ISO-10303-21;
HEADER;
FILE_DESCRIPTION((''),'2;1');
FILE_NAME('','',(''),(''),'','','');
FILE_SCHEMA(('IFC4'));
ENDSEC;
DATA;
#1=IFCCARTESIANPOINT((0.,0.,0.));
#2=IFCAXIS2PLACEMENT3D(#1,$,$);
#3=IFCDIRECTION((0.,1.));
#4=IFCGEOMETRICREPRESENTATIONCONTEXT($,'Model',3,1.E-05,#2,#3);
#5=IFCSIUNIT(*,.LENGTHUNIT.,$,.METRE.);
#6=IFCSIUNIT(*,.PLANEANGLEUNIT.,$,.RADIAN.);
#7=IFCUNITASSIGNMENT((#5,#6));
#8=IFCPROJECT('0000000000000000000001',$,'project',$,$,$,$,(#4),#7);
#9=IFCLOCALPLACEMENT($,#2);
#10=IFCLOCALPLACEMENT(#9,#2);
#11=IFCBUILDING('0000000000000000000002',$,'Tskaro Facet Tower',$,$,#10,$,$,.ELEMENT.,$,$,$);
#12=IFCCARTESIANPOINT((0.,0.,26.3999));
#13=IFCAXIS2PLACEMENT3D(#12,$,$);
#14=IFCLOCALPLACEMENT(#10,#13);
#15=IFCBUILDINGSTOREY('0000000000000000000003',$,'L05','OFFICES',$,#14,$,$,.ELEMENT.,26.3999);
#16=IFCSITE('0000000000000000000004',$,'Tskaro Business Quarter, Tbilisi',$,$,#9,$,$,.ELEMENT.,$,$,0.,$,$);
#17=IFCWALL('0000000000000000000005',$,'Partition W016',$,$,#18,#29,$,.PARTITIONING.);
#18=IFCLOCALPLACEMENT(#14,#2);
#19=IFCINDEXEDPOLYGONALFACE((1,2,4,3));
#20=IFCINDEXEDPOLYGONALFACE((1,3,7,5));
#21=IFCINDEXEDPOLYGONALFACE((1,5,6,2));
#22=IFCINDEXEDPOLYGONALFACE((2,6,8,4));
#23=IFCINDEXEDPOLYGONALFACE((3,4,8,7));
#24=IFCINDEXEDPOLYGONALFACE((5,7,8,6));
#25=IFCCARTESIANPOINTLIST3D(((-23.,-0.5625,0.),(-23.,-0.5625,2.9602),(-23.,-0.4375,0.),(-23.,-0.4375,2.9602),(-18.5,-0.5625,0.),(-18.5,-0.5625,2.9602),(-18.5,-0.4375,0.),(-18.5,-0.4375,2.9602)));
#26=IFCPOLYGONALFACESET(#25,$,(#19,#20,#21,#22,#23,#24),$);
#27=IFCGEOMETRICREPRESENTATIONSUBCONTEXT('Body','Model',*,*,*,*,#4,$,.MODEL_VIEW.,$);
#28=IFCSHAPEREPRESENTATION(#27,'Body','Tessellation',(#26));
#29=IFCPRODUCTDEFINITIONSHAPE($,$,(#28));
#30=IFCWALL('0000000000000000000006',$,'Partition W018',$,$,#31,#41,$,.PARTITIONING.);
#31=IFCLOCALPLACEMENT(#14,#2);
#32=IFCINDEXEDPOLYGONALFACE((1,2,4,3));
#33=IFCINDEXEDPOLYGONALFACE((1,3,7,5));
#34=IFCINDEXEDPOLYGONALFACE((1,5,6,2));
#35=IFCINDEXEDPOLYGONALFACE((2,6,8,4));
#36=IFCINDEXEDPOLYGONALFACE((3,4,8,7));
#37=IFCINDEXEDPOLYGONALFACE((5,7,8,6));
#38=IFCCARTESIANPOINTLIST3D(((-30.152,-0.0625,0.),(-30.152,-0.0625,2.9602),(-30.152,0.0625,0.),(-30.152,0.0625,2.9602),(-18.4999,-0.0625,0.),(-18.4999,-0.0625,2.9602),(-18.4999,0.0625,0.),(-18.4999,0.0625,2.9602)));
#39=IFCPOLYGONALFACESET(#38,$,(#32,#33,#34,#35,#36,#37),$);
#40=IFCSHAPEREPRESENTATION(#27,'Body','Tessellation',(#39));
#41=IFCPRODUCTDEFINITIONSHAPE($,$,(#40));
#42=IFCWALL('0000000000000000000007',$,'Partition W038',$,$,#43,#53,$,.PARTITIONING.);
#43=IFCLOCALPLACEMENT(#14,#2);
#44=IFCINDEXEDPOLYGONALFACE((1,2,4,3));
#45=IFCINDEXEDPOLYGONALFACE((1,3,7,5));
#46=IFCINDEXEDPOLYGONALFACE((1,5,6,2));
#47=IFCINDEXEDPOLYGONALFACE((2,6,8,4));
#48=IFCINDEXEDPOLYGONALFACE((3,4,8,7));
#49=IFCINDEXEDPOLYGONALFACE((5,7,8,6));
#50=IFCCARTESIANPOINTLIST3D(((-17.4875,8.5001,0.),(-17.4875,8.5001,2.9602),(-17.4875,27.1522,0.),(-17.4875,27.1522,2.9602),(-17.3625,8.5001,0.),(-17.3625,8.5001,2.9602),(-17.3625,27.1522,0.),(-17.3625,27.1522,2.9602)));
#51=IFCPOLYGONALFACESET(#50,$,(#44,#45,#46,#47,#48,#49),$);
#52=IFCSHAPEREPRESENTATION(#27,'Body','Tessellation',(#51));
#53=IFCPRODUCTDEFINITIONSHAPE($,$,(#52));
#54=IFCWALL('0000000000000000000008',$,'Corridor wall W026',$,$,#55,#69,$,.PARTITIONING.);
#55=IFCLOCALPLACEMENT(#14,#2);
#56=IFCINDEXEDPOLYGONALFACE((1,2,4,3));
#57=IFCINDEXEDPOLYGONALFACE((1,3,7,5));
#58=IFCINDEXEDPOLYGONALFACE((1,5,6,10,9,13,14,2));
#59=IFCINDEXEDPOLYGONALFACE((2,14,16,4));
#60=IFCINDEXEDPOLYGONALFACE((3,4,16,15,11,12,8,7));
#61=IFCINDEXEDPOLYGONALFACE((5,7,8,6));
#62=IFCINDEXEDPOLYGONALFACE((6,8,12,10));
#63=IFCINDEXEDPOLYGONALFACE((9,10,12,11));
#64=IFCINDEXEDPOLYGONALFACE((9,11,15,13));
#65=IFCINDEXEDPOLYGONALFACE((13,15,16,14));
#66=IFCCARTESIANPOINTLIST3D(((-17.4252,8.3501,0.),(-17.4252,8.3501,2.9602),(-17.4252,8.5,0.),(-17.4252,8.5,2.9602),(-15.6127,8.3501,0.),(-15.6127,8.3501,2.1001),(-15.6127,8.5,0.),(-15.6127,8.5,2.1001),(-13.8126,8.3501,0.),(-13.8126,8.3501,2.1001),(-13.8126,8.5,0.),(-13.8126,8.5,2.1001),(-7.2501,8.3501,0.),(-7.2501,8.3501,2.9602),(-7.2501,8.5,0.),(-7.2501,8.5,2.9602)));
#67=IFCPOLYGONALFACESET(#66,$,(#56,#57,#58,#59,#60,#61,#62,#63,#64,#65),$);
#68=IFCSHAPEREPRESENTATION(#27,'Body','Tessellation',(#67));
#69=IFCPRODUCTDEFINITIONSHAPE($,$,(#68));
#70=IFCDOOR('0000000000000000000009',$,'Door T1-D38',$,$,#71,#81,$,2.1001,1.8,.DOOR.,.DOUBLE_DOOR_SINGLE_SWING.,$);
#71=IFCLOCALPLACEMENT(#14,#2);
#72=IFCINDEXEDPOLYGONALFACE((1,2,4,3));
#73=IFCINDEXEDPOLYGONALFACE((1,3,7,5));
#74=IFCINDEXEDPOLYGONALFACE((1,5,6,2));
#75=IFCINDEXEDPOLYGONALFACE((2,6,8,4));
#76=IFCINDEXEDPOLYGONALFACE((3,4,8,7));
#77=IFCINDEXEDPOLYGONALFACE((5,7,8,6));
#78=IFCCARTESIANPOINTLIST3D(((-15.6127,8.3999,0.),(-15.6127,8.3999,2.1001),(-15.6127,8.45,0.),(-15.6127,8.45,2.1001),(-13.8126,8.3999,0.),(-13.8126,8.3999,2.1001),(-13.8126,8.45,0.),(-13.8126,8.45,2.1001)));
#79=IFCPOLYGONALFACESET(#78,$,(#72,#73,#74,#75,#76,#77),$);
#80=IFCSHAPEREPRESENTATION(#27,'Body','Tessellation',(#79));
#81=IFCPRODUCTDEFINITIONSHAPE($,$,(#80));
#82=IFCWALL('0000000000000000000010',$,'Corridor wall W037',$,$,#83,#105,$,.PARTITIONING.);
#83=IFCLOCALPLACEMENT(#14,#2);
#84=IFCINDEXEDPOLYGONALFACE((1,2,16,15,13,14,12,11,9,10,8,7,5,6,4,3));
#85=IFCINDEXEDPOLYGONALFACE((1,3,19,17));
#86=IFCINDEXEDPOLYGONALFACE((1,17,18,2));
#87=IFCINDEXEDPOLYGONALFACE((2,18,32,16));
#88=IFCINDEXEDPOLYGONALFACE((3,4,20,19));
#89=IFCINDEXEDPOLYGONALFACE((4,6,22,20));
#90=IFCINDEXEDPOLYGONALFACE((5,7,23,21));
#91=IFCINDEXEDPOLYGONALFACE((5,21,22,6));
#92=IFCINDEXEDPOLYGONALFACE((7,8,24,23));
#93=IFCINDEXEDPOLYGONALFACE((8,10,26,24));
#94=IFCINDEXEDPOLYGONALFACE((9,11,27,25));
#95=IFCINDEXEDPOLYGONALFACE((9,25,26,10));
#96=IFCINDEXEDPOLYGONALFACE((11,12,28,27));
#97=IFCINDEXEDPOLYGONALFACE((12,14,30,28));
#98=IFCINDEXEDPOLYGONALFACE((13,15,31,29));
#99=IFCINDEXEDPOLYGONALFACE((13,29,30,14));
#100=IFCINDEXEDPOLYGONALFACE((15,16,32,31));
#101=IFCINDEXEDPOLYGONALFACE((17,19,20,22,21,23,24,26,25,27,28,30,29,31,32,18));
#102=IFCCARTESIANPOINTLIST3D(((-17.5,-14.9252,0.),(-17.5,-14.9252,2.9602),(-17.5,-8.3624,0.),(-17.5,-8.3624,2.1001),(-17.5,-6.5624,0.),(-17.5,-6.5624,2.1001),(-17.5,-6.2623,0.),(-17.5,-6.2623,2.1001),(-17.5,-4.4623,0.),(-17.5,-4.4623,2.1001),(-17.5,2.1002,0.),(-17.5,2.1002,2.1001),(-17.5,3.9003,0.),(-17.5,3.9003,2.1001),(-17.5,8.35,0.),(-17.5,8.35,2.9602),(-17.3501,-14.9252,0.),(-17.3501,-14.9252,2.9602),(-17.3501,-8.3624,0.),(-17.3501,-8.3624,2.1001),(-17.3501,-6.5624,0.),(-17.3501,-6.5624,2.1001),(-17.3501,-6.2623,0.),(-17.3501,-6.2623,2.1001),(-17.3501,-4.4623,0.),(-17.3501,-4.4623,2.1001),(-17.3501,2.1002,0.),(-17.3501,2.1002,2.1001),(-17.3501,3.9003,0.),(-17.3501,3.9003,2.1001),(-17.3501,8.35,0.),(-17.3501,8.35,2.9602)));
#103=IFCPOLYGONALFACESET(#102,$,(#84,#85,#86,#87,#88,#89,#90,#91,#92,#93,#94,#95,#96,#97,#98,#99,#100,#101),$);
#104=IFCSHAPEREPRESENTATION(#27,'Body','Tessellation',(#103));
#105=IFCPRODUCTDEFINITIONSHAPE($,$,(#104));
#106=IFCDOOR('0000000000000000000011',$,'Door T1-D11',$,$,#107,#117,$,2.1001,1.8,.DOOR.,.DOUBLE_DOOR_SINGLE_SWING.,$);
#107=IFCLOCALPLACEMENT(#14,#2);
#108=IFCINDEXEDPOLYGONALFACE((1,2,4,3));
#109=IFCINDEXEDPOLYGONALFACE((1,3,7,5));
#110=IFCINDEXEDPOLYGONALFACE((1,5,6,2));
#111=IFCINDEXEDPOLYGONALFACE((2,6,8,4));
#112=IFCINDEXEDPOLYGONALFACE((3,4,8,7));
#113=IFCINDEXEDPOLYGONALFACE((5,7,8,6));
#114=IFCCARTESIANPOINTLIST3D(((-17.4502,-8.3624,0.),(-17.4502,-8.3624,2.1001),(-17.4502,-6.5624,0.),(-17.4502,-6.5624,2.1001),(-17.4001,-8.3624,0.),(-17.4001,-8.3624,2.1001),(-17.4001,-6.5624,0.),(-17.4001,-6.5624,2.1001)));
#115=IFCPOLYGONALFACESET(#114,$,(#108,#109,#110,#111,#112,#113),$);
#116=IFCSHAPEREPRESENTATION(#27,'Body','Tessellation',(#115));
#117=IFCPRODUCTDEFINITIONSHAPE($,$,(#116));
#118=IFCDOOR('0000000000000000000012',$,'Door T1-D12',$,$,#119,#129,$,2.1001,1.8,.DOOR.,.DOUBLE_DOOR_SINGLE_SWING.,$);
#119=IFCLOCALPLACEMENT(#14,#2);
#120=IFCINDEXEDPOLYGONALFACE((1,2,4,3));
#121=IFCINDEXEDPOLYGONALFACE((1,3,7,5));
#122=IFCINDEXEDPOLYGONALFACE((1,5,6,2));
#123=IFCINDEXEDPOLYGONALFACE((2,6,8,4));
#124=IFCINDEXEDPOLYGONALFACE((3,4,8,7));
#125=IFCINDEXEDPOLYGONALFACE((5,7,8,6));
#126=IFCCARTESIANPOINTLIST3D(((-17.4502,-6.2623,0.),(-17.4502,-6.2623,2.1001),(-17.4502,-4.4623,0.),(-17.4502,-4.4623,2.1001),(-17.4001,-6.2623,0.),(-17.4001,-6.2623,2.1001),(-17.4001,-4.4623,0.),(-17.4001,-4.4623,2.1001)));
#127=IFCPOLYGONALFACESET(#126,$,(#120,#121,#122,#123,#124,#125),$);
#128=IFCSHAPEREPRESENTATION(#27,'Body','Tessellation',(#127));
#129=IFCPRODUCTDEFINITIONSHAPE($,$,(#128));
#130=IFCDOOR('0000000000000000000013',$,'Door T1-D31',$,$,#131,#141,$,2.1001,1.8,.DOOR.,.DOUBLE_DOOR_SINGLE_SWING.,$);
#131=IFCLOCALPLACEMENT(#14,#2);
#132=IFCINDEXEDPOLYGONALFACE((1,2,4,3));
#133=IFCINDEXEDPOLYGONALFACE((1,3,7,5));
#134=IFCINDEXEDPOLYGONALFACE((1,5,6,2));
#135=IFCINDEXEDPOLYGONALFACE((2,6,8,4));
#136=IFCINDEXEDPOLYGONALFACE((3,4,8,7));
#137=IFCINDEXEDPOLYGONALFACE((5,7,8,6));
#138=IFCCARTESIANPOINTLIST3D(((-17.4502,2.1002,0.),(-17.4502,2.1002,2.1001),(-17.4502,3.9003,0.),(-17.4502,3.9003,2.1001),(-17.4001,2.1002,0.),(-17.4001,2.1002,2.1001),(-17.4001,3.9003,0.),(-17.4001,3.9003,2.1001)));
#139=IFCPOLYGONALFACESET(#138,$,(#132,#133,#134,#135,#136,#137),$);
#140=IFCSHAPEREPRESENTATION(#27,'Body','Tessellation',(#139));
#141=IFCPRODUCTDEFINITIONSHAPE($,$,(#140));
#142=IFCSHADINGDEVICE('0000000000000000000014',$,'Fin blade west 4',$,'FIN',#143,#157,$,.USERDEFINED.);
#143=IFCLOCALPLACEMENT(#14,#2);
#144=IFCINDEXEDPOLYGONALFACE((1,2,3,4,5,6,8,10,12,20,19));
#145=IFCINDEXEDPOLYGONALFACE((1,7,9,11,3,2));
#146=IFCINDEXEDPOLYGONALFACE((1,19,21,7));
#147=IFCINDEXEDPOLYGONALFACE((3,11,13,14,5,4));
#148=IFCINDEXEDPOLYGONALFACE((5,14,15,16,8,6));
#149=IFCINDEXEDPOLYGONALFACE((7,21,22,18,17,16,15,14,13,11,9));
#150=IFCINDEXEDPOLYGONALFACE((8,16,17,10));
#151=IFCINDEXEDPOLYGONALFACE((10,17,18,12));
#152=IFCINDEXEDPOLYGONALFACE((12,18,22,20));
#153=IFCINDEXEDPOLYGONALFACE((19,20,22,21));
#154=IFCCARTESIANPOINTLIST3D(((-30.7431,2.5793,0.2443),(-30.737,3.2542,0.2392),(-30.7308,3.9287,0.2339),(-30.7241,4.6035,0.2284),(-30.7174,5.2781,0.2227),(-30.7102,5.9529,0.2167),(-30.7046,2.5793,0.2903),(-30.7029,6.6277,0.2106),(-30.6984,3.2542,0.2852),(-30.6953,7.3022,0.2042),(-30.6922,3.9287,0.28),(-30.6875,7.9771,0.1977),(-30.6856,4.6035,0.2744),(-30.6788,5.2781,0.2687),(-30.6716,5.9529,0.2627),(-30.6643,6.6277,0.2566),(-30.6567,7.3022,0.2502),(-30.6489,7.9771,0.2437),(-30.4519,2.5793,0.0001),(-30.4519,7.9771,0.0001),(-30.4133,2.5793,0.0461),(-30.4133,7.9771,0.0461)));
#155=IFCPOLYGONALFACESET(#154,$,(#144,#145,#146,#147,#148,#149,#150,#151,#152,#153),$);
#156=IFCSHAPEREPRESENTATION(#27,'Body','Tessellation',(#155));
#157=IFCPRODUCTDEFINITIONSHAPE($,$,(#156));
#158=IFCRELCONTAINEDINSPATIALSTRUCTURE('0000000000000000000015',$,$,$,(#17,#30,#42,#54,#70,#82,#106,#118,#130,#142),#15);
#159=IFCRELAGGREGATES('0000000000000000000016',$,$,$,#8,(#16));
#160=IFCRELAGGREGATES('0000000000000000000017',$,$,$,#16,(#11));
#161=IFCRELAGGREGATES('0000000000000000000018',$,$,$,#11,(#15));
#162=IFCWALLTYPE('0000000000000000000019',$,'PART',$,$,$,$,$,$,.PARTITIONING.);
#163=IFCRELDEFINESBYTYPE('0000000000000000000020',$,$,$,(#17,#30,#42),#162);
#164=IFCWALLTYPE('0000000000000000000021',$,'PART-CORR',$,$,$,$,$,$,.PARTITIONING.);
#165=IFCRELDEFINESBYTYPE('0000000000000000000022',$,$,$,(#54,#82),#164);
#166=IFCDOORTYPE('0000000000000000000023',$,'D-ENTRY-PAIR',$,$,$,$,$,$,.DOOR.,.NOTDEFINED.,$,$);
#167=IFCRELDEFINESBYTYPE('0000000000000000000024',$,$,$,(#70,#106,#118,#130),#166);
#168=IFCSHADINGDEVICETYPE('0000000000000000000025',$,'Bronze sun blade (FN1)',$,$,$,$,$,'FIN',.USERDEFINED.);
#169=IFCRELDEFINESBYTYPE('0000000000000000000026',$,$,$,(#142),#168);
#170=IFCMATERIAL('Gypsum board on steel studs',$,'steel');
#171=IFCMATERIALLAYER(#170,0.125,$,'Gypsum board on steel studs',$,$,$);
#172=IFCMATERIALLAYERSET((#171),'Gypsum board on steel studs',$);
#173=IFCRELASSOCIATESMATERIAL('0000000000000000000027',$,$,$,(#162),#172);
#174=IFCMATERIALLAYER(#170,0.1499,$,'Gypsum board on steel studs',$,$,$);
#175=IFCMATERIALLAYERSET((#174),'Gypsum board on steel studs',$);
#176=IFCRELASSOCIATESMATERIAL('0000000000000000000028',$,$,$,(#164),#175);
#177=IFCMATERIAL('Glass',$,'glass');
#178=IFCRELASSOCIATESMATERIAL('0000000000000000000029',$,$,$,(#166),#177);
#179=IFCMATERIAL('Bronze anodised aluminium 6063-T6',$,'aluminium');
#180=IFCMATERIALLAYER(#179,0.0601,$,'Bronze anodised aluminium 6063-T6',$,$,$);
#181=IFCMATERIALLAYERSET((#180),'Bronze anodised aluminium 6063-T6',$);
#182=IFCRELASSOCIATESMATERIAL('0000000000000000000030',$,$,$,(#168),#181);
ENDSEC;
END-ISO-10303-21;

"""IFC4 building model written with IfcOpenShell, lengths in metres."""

from ifc_helpers import new_model, si_unit, direction, frame, frame_2d, origin, place, context, subcontext, project, spatial, polyline, rectangle, outline, extrude, material, layer, layer_set, type_object, element, fill, save


model = new_model("IFC4")

# Units and contexts
model_context = context("Model", 3, precision=1e-05, world=origin(), true_north=direction((0.0, 1.0)))
body_context = subcontext(model_context, "Body", "Model", "MODEL_VIEW")
ifc_project = project(units=[si_unit("LENGTHUNIT", "METRE"), si_unit("PLANEANGLEUNIT", "RADIAN")], contexts=[model_context])

# Site, building, storey
site_placement = place(None, origin())
site = spatial("IfcSite", under=ifc_project, at=site_placement, Name="Tskaro Business Quarter, Tbilisi", CompositionType="ELEMENT", RefElevation=0.0)
building_placement = place(site_placement, origin())
building = spatial("IfcBuilding", under=site, at=building_placement, Name="Tskaro Facet Tower", CompositionType="ELEMENT")
storey_placement = place(building_placement, frame((0.0, 0.0, 26.3999)))
storey = spatial("IfcBuildingStorey", under=building, at=storey_placement, Name="L05", Description="OFFICES", CompositionType="ELEMENT", Elevation=26.3999)

# Shared definitions
ifc_material_1 = material(Name="Bronze anodised aluminium 6063-T6", Category="aluminium")

# Walls
ifc_material_2 = material(Name="Gypsum board on steel studs", Category="steel")
ifc_layer_1 = layer(ifc_material_2, 0.125, Name="Gypsum board on steel studs")
ifc_layer_set_1 = layer_set([ifc_layer_1], Name="Gypsum board on steel studs")
wall_type_1 = type_object("IfcWallType", Name="PART", PredefinedType="PARTITIONING", material=ifc_layer_set_1)
wall_1_placement = place(storey_placement, frame((-23.0, -0.5, 0.0), z_axis=(0.0, 0.0, 1.0), x_axis=(1.0, 0.0, 0.0)))
element("IfcWall", 1, at=wall_1_placement, inside=storey, type_object=wall_type_1, Name="Partition W016", PredefinedType="PARTITIONING", context=body_context, shape_type="SweptSolid", body=[
    extrude(rectangle(XDim=4.5, YDim=0.125, at=frame_2d((2.25, 0.0))), origin(), (0.0, 0.0, 1.0), 2.9602),
])
wall_2_placement = place(storey_placement, frame((-30.1521, 0.0, 0.0), z_axis=(0.0, 0.0, 1.0), x_axis=(1.0, 0.0, 0.0)))
element("IfcWall", 2, at=wall_2_placement, inside=storey, type_object=wall_type_1, Name="Partition W018", PredefinedType="PARTITIONING", context=body_context, shape_type="SweptSolid", body=[
    extrude(rectangle(XDim=11.6521, YDim=0.125, at=frame_2d((5.8262, 0.0))), origin(), (0.0, 0.0, 1.0), 2.9602),
])
wall_3_placement = place(storey_placement, frame((-17.425, 8.5, 0.0), z_axis=(0.0, 0.0, 1.0), x_axis=(0.0, 1.0, 0.0)))
element("IfcWall", 3, at=wall_3_placement, inside=storey, type_object=wall_type_1, Name="Partition W038", PredefinedType="PARTITIONING", context=body_context, shape_type="SweptSolid", body=[
    extrude(rectangle(XDim=18.6521, YDim=0.125, at=frame_2d((9.3262, 0.0))), origin(), (0.0, 0.0, 1.0), 2.9602),
])

# Wall, opening, door
ifc_layer_2 = layer(ifc_material_2, 0.1499, Name="Gypsum board on steel studs")
ifc_layer_set_2 = layer_set([ifc_layer_2], Name="Gypsum board on steel studs")
wall_type_2 = type_object("IfcWallType", Name="PART-CORR", PredefinedType="PARTITIONING", material=ifc_layer_set_2)
wall_4_placement = place(storey_placement, frame((-17.425, 8.425, 0.0), z_axis=(0.0, 0.0, 1.0), x_axis=(1.0, 0.0, 0.0)))
wall_4 = element("IfcWall", 4, at=wall_4_placement, inside=storey, type_object=wall_type_2, Name="Corridor wall W026", PredefinedType="PARTITIONING", context=body_context, shape_type="SweptSolid", body=[
    extrude(rectangle(XDim=10.175, YDim=0.1499, at=frame_2d((5.0874, 0.0))), origin(), (0.0, 0.0, 1.0), 2.9602),
])
opening_1_placement = place(wall_4_placement, frame((1.8125, 0.0, 0.0)))
opening_1 = element("IfcOpeningElement", 5, at=opening_1_placement, cuts=wall_4, PredefinedType="OPENING", context=body_context, shape_type="SweptSolid", body=[
    extrude(rectangle(XDim=1.8, YDim=2.1001, at=frame_2d((0.8999, 1.05))), frame((0.0, 0.085, 0.0), z_axis=(0.0, -1.0, 0.0), x_axis=(1.0, 0.0, 0.0)), (0.0, 0.0, 1.0), 0.1699),
])
ifc_material_3 = material(Name="Glass", Category="glass")
door_type = type_object("IfcDoorType", Name="D-ENTRY-PAIR", OperationType="NOTDEFINED", PredefinedType="DOOR", material=ifc_material_3)
door_1_placement = place(opening_1_placement, origin())
door_1 = element("IfcDoor", 6, at=door_1_placement, inside=storey, type_object=door_type, Name="Door T1-D38", OperationType="DOUBLE_DOOR_SINGLE_SWING", OverallHeight=2.1001, OverallWidth=1.8, PredefinedType="DOOR", context=body_context, shape_type="SweptSolid", body=[
    extrude(rectangle(XDim=1.8, YDim=2.1001, at=frame_2d((0.8999, 1.05))), frame((0.0, 0.0249, 0.0), z_axis=(0.0, -1.0, 0.0), x_axis=(1.0, 0.0, 0.0)), (0.0, 0.0, 1.0), 0.05),
])
fill(opening_1, door_1)

# Wall, openings, doors
wall_5_placement = place(storey_placement, frame((-17.425, 8.3501, 0.0), z_axis=(0.0, 0.0, 1.0), x_axis=(0.0, -1.0, 0.0)))
wall_5 = element("IfcWall", 7, at=wall_5_placement, inside=storey, type_object=wall_type_2, Name="Corridor wall W037", PredefinedType="PARTITIONING", context=body_context, shape_type="SweptSolid", body=[
    extrude(rectangle(XDim=23.2751, YDim=0.1499, at=frame_2d((11.6377, 0.0))), origin(), (0.0, 0.0, 1.0), 2.9602),
])
opening_2_placement = place(wall_5_placement, frame((14.9126, 0.0, 0.0)))
opening_2 = element("IfcOpeningElement", 8, at=opening_2_placement, cuts=wall_5, PredefinedType="OPENING", context=body_context, shape_type="SweptSolid", body=[
    extrude(rectangle(XDim=1.8, YDim=2.1001, at=frame_2d((0.8999, 1.05))), frame((0.0, 0.085, 0.0), z_axis=(0.0, -1.0, 0.0), x_axis=(1.0, 0.0, 0.0)), (0.0, 0.0, 1.0), 0.1699),
])
opening_3_placement = place(wall_5_placement, frame((12.8125, 0.0, 0.0)))
opening_3 = element("IfcOpeningElement", 9, at=opening_3_placement, cuts=wall_5, PredefinedType="OPENING", context=body_context, shape_type="SweptSolid", body=[
    extrude(rectangle(XDim=1.8, YDim=2.1001, at=frame_2d((0.8999, 1.05))), frame((0.0, 0.085, 0.0), z_axis=(0.0, -1.0, 0.0), x_axis=(1.0, 0.0, 0.0)), (0.0, 0.0, 1.0), 0.1699),
])
opening_4_placement = place(wall_5_placement, frame((4.45, 0.0, 0.0)))
opening_4 = element("IfcOpeningElement", 10, at=opening_4_placement, cuts=wall_5, PredefinedType="OPENING", context=body_context, shape_type="SweptSolid", body=[
    extrude(rectangle(XDim=1.8, YDim=2.1001, at=frame_2d((0.8999, 1.05))), frame((0.0, 0.085, 0.0), z_axis=(0.0, -1.0, 0.0), x_axis=(1.0, 0.0, 0.0)), (0.0, 0.0, 1.0), 0.1699),
])
door_2_placement = place(opening_2_placement, origin())
door_2 = element("IfcDoor", 11, at=door_2_placement, inside=storey, type_object=door_type, Name="Door T1-D11", OperationType="DOUBLE_DOOR_SINGLE_SWING", OverallHeight=2.1001, OverallWidth=1.8, PredefinedType="DOOR", context=body_context, shape_type="SweptSolid", body=[
    extrude(rectangle(XDim=1.8, YDim=2.1001, at=frame_2d((0.8999, 1.05))), frame((0.0, 0.0249, 0.0), z_axis=(0.0, -1.0, 0.0), x_axis=(1.0, 0.0, 0.0)), (0.0, 0.0, 1.0), 0.05),
])
fill(opening_2, door_2)
door_3_placement = place(opening_3_placement, origin())
door_3 = element("IfcDoor", 12, at=door_3_placement, inside=storey, type_object=door_type, Name="Door T1-D12", OperationType="DOUBLE_DOOR_SINGLE_SWING", OverallHeight=2.1001, OverallWidth=1.8, PredefinedType="DOOR", context=body_context, shape_type="SweptSolid", body=[
    extrude(rectangle(XDim=1.8, YDim=2.1001, at=frame_2d((0.8999, 1.05))), frame((0.0, 0.0249, 0.0), z_axis=(0.0, -1.0, 0.0), x_axis=(1.0, 0.0, 0.0)), (0.0, 0.0, 1.0), 0.05),
])
fill(opening_3, door_3)
door_4_placement = place(opening_4_placement, origin())
door_4 = element("IfcDoor", 13, at=door_4_placement, inside=storey, type_object=door_type, Name="Door T1-D31", OperationType="DOUBLE_DOOR_SINGLE_SWING", OverallHeight=2.1001, OverallWidth=1.8, PredefinedType="DOOR", context=body_context, shape_type="SweptSolid", body=[
    extrude(rectangle(XDim=1.8, YDim=2.1001, at=frame_2d((0.8999, 1.05))), frame((0.0, 0.0249, 0.0), z_axis=(0.0, -1.0, 0.0), x_axis=(1.0, 0.0, 0.0)), (0.0, 0.0, 1.0), 0.05),
])
fill(opening_4, door_4)

# Shading device
ifc_layer_3 = layer(ifc_material_1, 0.0601, Name="Bronze anodised aluminium 6063-T6")
ifc_layer_set_3 = layer_set([ifc_layer_3], Name="Bronze anodised aluminium 6063-T6")
shading_device_type = type_object("IfcShadingDeviceType", Name="Bronze sun blade (FN1)", ElementType="FIN", PredefinedType="USERDEFINED", material=ifc_layer_set_3)
shading_device_1_placement = place(storey_placement, frame((-30.4133, 7.9771, 0.0461), z_axis=(0.642536, -0.000004, 0.766255), x_axis=(-0.000003, -1.0, -0.000003)))
element("IfcShadingDevice", 14, at=shading_device_1_placement, inside=storey, type_object=shading_device_type, Name="Fin blade west 4", ObjectType="FIN", PredefinedType="USERDEFINED", context=body_context, shape_type="SweptSolid", body=[
    extrude(outline(polyline([(0.0, 0.0), (5.3977, 0.0), (5.3977, -0.38), (4.7229, -0.3721), (4.0483, -0.3639), (3.3735, -0.3553), (2.699, -0.3464), (2.0242, -0.3371), (1.3494, -0.3275), (0.6748, -0.3177), (0.0, -0.3074), (0.0, 0.0)])), origin(), (0.0, 0.0, -1.0), 0.0601),
])

save(model, "model.ifc")
